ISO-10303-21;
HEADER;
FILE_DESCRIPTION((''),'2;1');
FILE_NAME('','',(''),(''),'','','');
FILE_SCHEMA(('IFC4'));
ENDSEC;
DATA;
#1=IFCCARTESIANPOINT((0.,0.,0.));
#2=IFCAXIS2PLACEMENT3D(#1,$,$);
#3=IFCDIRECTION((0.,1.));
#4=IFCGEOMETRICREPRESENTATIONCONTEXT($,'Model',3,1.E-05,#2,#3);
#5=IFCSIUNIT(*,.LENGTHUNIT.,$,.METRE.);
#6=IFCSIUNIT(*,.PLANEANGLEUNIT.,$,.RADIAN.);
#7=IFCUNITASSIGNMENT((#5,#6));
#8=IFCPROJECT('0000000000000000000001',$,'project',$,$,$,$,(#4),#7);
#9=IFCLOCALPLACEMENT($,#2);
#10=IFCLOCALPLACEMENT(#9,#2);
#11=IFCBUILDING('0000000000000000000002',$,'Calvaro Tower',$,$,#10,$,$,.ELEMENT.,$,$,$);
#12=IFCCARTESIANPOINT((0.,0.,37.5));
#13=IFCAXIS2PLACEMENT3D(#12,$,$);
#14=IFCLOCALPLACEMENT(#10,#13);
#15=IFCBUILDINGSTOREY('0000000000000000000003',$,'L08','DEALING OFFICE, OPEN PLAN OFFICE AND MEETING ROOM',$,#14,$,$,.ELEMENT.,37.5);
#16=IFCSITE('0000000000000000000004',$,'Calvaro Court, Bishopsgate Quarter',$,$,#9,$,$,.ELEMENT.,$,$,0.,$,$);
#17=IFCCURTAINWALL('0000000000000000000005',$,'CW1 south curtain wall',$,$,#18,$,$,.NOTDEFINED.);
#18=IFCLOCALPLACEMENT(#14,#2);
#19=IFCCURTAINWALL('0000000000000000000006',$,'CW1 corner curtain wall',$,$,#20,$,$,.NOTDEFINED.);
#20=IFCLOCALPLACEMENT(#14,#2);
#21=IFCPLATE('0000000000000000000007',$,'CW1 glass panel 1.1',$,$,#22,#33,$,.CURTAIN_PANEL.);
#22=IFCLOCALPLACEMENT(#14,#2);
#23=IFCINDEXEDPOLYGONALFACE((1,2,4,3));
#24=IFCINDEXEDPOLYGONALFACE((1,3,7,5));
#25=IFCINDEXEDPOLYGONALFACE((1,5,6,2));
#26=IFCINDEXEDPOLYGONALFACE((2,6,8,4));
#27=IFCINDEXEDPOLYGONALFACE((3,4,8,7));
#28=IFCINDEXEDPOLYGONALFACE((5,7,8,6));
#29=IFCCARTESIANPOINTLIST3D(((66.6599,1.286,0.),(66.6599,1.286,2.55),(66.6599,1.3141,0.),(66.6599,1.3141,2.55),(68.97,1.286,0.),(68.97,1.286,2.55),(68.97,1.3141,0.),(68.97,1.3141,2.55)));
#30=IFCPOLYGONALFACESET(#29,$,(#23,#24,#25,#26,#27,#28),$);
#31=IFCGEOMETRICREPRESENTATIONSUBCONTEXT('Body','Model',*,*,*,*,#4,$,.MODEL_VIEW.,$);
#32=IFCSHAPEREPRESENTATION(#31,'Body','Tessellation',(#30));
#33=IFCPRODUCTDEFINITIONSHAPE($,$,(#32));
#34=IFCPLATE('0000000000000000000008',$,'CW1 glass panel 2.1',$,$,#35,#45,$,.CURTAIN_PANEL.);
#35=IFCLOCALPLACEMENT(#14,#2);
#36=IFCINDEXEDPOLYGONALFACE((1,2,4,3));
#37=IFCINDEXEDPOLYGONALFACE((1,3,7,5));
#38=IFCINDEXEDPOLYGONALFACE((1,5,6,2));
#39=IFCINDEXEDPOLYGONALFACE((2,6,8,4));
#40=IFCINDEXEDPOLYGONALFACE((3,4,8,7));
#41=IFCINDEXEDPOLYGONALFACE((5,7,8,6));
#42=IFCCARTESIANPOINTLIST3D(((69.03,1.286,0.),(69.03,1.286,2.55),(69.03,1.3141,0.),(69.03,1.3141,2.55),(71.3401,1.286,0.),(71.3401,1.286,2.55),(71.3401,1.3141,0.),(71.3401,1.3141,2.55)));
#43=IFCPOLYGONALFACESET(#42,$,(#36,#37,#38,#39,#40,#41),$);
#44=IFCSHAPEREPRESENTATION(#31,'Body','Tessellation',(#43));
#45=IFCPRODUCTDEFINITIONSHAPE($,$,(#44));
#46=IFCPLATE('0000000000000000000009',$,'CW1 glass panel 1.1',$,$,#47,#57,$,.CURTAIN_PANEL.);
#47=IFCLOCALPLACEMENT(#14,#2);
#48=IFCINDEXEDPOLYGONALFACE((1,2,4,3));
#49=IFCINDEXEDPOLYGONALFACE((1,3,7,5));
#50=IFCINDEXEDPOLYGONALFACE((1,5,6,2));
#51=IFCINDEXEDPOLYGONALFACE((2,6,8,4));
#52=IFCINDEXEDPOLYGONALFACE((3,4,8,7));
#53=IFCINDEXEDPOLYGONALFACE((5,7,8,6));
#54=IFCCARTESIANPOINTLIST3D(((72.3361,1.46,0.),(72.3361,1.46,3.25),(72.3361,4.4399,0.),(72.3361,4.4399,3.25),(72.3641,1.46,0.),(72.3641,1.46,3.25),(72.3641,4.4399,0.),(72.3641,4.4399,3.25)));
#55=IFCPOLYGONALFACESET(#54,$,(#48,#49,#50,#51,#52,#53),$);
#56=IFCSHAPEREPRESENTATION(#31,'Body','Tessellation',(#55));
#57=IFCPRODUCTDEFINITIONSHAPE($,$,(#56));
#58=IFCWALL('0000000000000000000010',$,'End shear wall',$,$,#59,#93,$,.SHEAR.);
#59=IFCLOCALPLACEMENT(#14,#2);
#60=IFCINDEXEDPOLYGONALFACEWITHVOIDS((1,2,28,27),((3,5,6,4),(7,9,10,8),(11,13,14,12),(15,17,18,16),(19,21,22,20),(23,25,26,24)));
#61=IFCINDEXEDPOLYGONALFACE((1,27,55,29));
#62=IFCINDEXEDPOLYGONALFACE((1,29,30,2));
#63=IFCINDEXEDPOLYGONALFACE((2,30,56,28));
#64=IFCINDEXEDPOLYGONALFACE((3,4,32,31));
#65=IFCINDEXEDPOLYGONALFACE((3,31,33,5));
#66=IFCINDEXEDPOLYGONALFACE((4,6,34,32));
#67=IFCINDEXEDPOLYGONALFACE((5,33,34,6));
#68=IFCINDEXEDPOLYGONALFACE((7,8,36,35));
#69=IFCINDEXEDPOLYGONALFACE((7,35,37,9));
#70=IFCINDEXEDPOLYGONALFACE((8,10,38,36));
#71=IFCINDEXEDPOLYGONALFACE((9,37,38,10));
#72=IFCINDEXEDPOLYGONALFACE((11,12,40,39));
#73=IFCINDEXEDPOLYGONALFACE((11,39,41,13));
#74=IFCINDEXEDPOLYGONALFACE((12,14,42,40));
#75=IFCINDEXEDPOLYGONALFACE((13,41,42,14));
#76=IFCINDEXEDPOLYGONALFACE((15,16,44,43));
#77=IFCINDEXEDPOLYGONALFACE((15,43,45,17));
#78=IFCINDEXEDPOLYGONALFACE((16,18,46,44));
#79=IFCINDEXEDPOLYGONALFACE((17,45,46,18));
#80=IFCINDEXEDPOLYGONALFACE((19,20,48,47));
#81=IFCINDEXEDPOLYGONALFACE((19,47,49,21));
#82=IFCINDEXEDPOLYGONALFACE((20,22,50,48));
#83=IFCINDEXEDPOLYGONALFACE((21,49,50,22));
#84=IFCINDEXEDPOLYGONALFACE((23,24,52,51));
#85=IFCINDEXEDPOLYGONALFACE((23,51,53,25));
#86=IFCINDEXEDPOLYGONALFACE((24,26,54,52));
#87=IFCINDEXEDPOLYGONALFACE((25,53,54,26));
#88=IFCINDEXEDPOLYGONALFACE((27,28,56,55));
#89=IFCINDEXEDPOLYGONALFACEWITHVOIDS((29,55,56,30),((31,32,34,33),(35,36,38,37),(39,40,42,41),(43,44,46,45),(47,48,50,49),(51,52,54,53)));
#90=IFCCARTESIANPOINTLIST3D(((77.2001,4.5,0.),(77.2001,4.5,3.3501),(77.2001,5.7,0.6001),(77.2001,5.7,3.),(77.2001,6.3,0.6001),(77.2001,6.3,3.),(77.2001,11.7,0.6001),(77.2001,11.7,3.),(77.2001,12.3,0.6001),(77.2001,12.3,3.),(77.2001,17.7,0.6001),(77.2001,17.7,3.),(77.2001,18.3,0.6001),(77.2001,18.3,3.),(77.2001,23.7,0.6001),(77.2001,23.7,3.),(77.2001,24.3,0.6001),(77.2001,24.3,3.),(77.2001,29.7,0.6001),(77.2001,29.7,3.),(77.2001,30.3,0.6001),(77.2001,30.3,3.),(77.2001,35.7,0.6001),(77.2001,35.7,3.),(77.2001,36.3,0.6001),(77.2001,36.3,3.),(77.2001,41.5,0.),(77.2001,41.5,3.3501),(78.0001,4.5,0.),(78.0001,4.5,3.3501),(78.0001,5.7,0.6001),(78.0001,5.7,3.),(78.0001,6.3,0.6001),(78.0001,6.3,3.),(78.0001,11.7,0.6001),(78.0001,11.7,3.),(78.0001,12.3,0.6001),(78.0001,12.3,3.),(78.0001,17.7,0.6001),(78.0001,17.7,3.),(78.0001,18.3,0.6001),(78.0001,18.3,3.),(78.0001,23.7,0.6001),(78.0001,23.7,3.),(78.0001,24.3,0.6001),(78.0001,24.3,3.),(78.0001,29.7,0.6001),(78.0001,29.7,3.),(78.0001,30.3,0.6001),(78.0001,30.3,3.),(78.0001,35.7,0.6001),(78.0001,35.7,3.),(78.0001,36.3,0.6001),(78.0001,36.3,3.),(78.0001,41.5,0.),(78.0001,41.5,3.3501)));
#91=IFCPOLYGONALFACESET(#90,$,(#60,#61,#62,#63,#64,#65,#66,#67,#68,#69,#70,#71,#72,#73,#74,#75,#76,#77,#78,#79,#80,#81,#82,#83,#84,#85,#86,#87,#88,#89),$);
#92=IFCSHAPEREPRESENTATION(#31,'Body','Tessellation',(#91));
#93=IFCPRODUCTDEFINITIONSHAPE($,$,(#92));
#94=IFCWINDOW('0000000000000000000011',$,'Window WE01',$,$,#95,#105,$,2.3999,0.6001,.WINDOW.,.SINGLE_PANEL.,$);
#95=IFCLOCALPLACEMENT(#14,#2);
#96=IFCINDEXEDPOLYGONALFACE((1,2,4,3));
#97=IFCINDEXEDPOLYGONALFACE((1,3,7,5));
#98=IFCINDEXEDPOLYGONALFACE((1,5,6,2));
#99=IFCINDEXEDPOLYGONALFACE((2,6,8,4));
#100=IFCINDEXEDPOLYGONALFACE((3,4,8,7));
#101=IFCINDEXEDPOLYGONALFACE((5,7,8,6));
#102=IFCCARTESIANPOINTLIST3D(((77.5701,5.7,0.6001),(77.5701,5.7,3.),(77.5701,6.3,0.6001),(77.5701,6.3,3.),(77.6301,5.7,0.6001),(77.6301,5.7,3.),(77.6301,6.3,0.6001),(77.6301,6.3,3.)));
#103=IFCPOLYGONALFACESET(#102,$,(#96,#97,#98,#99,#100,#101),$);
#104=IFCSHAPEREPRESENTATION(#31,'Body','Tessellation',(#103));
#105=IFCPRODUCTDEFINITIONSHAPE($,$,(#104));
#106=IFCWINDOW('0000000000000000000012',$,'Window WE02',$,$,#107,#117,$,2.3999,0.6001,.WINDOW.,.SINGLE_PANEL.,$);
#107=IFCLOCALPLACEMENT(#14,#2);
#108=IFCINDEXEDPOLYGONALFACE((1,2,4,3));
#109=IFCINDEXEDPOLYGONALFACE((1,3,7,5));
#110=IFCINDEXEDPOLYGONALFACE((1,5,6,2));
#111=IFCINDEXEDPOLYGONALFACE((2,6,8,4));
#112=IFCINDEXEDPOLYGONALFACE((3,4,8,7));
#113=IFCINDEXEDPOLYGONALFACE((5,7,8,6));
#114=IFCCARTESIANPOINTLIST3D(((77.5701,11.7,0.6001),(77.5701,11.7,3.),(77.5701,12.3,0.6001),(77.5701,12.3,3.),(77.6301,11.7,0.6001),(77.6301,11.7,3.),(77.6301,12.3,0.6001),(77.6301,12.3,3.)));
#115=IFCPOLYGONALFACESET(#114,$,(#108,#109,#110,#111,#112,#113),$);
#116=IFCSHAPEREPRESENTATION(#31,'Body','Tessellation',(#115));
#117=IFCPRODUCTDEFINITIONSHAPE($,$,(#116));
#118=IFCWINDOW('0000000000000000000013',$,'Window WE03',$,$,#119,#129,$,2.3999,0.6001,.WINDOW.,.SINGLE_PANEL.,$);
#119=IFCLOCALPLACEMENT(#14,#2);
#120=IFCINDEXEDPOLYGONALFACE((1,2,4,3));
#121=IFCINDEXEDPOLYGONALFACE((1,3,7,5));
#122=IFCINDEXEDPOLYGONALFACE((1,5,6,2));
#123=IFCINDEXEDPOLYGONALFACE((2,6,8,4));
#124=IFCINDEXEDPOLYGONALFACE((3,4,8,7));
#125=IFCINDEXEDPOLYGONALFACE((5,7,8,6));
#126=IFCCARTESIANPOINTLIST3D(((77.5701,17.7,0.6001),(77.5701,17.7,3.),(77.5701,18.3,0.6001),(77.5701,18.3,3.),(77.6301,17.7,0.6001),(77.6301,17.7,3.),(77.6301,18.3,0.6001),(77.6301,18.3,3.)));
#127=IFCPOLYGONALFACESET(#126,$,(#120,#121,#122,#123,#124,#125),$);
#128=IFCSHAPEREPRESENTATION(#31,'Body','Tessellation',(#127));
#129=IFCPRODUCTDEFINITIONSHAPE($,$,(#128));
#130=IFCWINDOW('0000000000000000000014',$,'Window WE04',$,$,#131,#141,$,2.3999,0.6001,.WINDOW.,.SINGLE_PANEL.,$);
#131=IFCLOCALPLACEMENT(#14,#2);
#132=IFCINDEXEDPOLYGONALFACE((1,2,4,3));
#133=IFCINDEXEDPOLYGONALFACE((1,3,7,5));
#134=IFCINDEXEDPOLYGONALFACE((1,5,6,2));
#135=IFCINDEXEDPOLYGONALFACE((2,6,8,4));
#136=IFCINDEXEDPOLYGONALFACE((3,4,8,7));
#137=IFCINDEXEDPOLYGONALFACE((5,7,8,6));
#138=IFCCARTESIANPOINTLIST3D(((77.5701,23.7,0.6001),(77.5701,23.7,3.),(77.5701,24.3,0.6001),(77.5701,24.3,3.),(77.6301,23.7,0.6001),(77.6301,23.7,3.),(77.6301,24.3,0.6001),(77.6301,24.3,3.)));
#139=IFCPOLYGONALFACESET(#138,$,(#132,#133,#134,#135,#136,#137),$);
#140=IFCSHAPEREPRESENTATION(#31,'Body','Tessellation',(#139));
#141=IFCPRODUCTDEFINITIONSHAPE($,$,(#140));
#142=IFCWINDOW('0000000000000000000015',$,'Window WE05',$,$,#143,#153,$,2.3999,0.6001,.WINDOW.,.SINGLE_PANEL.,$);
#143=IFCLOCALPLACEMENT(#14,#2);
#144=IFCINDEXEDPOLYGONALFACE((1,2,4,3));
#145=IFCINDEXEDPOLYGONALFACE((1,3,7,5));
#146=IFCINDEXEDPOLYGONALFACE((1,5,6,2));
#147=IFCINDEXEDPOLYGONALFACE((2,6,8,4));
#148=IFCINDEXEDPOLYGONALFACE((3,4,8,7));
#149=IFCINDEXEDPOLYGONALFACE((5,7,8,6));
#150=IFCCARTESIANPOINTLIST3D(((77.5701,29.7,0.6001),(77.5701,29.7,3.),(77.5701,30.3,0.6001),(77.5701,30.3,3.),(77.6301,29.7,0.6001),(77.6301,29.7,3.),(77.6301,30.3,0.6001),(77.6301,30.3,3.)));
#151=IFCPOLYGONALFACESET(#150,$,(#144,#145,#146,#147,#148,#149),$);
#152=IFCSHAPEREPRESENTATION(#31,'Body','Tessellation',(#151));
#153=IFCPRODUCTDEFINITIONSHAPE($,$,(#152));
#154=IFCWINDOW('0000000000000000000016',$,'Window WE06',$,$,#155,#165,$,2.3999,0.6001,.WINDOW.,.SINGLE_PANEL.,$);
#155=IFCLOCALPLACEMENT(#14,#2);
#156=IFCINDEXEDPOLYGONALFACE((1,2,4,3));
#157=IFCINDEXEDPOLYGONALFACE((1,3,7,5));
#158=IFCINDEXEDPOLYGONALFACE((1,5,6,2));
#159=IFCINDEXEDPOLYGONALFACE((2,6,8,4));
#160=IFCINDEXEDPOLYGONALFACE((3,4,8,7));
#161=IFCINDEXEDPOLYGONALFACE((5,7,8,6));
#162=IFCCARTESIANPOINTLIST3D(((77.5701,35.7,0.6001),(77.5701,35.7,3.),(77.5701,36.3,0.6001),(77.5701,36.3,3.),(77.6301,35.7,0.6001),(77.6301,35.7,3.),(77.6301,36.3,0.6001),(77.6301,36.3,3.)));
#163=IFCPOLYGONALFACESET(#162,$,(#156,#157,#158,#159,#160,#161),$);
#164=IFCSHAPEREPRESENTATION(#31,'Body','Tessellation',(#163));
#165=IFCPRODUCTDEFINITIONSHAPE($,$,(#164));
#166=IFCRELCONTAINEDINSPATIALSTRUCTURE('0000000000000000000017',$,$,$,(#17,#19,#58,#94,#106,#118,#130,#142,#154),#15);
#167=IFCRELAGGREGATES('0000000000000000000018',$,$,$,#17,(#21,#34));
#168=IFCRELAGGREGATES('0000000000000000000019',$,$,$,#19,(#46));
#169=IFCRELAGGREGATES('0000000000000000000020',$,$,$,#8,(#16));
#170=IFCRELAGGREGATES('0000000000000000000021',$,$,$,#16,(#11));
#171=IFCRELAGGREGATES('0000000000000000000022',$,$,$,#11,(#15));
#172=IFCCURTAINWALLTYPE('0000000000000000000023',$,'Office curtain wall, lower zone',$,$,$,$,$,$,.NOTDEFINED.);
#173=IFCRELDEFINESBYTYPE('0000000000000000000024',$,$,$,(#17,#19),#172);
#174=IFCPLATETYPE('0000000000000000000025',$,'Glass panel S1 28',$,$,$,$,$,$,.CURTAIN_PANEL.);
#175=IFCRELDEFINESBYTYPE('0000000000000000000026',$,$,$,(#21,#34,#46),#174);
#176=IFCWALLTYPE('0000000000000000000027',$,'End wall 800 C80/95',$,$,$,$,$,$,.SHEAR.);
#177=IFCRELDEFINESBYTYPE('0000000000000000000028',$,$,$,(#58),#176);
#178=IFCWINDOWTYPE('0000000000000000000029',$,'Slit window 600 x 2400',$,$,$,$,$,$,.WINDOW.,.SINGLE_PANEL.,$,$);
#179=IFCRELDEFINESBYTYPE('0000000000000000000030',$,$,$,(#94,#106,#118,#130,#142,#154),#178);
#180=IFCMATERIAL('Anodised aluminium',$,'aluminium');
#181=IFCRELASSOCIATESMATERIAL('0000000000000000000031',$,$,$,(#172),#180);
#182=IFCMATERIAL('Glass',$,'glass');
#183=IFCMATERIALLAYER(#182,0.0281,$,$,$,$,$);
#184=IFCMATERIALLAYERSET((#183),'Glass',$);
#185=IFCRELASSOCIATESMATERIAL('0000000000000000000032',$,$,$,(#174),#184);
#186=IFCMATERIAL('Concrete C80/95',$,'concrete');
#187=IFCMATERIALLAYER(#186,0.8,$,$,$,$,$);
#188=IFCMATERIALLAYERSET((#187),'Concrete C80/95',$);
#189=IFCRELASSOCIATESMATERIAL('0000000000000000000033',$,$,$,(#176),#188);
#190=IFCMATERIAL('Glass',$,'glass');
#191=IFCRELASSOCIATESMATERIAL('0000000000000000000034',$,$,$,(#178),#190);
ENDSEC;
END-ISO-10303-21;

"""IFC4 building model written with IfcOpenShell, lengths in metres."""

from ifc_helpers import new_model, si_unit, direction, frame, frame_2d, origin, origin_2d, place, context, subcontext, project, spatial, rectangle, extrude, material, layer, layer_set, type_object, element, fill, aggregate, save


model = new_model("IFC4")

# Units and contexts
model_context = context("Model", 3, precision=1e-05, world=origin(), true_north=direction((0.0, 1.0)))
body_context = subcontext(model_context, "Body", "Model", "MODEL_VIEW")
ifc_project = project(units=[si_unit("LENGTHUNIT", "METRE"), si_unit("PLANEANGLEUNIT", "RADIAN")], contexts=[model_context])

# Site, building, storey
site_placement = place(None, origin())
site = spatial("IfcSite", under=ifc_project, at=site_placement, Name="Calvaro Court, Bishopsgate Quarter", CompositionType="ELEMENT", RefElevation=0.0)
building_placement = place(site_placement, origin())
building = spatial("IfcBuilding", under=site, at=building_placement, Name="Calvaro Tower", CompositionType="ELEMENT")
storey_placement = place(building_placement, frame((0.0, 0.0, 37.5)))
storey = spatial("IfcBuildingStorey", under=building, at=storey_placement, Name="L08", Description="DEALING OFFICE, OPEN PLAN OFFICE AND MEETING ROOM", CompositionType="ELEMENT", Elevation=37.5)

# Shared definitions
ifc_material_1 = material(Name="Anodised aluminium", Category="aluminium")
curtain_wall_type = type_object("IfcCurtainWallType", Name="Office curtain wall, lower zone", PredefinedType="NOTDEFINED", material=ifc_material_1)

# Curtain walls
curtain_wall_1_placement = place(storey_placement, origin())
curtain_wall_1 = element("IfcCurtainWall", 1, at=curtain_wall_1_placement, inside=storey, type_object=curtain_wall_type, Name="CW1 south curtain wall", PredefinedType="NOTDEFINED")
curtain_wall_2_placement = place(storey_placement, origin())
curtain_wall_2 = element("IfcCurtainWall", 2, at=curtain_wall_2_placement, inside=storey, type_object=curtain_wall_type, Name="CW1 corner curtain wall", PredefinedType="NOTDEFINED")

# Plates
ifc_material_2 = material(Name="Glass", Category="glass")
ifc_layer_1 = layer(ifc_material_2, 0.0281)
ifc_layer_set_1 = layer_set([ifc_layer_1], Name="Glass")
plate_type = type_object("IfcPlateType", Name="Glass panel S1 28", PredefinedType="CURTAIN_PANEL", material=ifc_layer_set_1)
plate_1_placement = place(storey_placement, frame((67.8149, 1.3, 0.0), z_axis=(0.0, 0.0, 1.0), x_axis=(1.0, 0.0, 0.0)))
plate_1 = element("IfcPlate", 3, at=plate_1_placement, type_object=plate_type, Name="CW1 glass panel 1.1", PredefinedType="CURTAIN_PANEL", context=body_context, shape_type="SweptSolid", body=[
    extrude(rectangle(XDim=2.3101, YDim=0.0281, at=origin_2d()), origin(), (0.0, 0.0, 1.0), 2.55),
])
plate_2_placement = place(storey_placement, frame((70.1851, 1.3, 0.0), z_axis=(0.0, 0.0, 1.0), x_axis=(1.0, 0.0, 0.0)))
plate_2 = element("IfcPlate", 4, at=plate_2_placement, type_object=plate_type, Name="CW1 glass panel 2.1", PredefinedType="CURTAIN_PANEL", context=body_context, shape_type="SweptSolid", body=[
    extrude(rectangle(XDim=2.3101, YDim=0.0281, at=origin_2d()), origin(), (0.0, 0.0, 1.0), 2.55),
])
aggregate(curtain_wall_1, [plate_1, plate_2])
plate_3_placement = place(storey_placement, frame((72.3501, 2.95, 0.0), z_axis=(0.0, 0.0, 1.0), x_axis=(0.0, 1.0, 0.0)))
plate_3 = element("IfcPlate", 5, at=plate_3_placement, type_object=plate_type, Name="CW1 glass panel 1.1", PredefinedType="CURTAIN_PANEL", context=body_context, shape_type="SweptSolid", body=[
    extrude(rectangle(XDim=2.98, YDim=0.0281, at=origin_2d()), origin(), (0.0, 0.0, 1.0), 3.25),
])
aggregate(curtain_wall_2, [plate_3])

# Wall, openings, windows
ifc_material_3 = material(Name="Concrete C80/95", Category="concrete")
ifc_layer_2 = layer(ifc_material_3, 0.8)
ifc_layer_set_2 = layer_set([ifc_layer_2], Name="Concrete C80/95")
wall_type = type_object("IfcWallType", Name="End wall 800 C80/95", PredefinedType="SHEAR", material=ifc_layer_set_2)
wall_placement = place(storey_placement, frame((77.6001, 4.5, 0.0), z_axis=(0.0, 0.0, 1.0), x_axis=(0.0, 1.0, 0.0)))
wall = element("IfcWall", 6, at=wall_placement, inside=storey, type_object=wall_type, Name="End shear wall", PredefinedType="SHEAR", context=body_context, shape_type="SweptSolid", body=[
    extrude(rectangle(XDim=37.0, YDim=0.8, at=frame_2d((18.5, 0.0))), origin(), (0.0, 0.0, 1.0), 3.3501),
])
opening_1_placement = place(wall_placement, frame((1.2, 0.0, 0.6001)))
opening_1 = element("IfcOpeningElement", 7, at=opening_1_placement, cuts=wall, PredefinedType="OPENING", context=body_context, shape_type="SweptSolid", body=[
    extrude(rectangle(XDim=0.6001, YDim=2.3999, at=frame_2d((0.3, 1.2))), frame((0.0, 0.4099, 0.0), z_axis=(0.0, -1.0, 0.0), x_axis=(1.0, 0.0, 0.0)), (0.0, 0.0, 1.0), 0.8201),
])
opening_2_placement = place(wall_placement, frame((7.2, 0.0, 0.6001)))
opening_2 = element("IfcOpeningElement", 8, at=opening_2_placement, cuts=wall, PredefinedType="OPENING", context=body_context, shape_type="SweptSolid", body=[
    extrude(rectangle(XDim=0.6001, YDim=2.3999, at=frame_2d((0.3, 1.2))), frame((0.0, 0.4099, 0.0), z_axis=(0.0, -1.0, 0.0), x_axis=(1.0, 0.0, 0.0)), (0.0, 0.0, 1.0), 0.8201),
])
opening_3_placement = place(wall_placement, frame((13.2, 0.0, 0.6001)))
opening_3 = element("IfcOpeningElement", 9, at=opening_3_placement, cuts=wall, PredefinedType="OPENING", context=body_context, shape_type="SweptSolid", body=[
    extrude(rectangle(XDim=0.6001, YDim=2.3999, at=frame_2d((0.3, 1.2))), frame((0.0, 0.4099, 0.0), z_axis=(0.0, -1.0, 0.0), x_axis=(1.0, 0.0, 0.0)), (0.0, 0.0, 1.0), 0.8201),
])
opening_4_placement = place(wall_placement, frame((19.2, 0.0, 0.6001)))
opening_4 = element("IfcOpeningElement", 10, at=opening_4_placement, cuts=wall, PredefinedType="OPENING", context=body_context, shape_type="SweptSolid", body=[
    extrude(rectangle(XDim=0.6001, YDim=2.3999, at=frame_2d((0.3, 1.2))), frame((0.0, 0.4099, 0.0), z_axis=(0.0, -1.0, 0.0), x_axis=(1.0, 0.0, 0.0)), (0.0, 0.0, 1.0), 0.8201),
])
opening_5_placement = place(wall_placement, frame((25.2, 0.0, 0.6001)))
opening_5 = element("IfcOpeningElement", 11, at=opening_5_placement, cuts=wall, PredefinedType="OPENING", context=body_context, shape_type="SweptSolid", body=[
    extrude(rectangle(XDim=0.6001, YDim=2.3999, at=frame_2d((0.3, 1.2))), frame((0.0, 0.4099, 0.0), z_axis=(0.0, -1.0, 0.0), x_axis=(1.0, 0.0, 0.0)), (0.0, 0.0, 1.0), 0.8201),
])
opening_6_placement = place(wall_placement, frame((31.2, 0.0, 0.6001)))
opening_6 = element("IfcOpeningElement", 12, at=opening_6_placement, cuts=wall, PredefinedType="OPENING", context=body_context, shape_type="SweptSolid", body=[
    extrude(rectangle(XDim=0.6001, YDim=2.3999, at=frame_2d((0.3, 1.2))), frame((0.0, 0.4099, 0.0), z_axis=(0.0, -1.0, 0.0), x_axis=(1.0, 0.0, 0.0)), (0.0, 0.0, 1.0), 0.8201),
])
ifc_material_4 = material(Name="Glass", Category="glass")
window_type = type_object("IfcWindowType", Name="Slit window 600 x 2400", PartitioningType="SINGLE_PANEL", PredefinedType="WINDOW", material=ifc_material_4)
window_1_placement = place(opening_1_placement, origin())
window_1 = element("IfcWindow", 13, at=window_1_placement, inside=storey, type_object=window_type, Name="Window WE01", OverallHeight=2.3999, OverallWidth=0.6001, PartitioningType="SINGLE_PANEL", PredefinedType="WINDOW", context=body_context, shape_type="SweptSolid", body=[
    extrude(rectangle(XDim=0.6001, YDim=2.3999, at=frame_2d((0.3, 1.2))), frame((0.0, 0.03, 0.0), z_axis=(0.0, -1.0, 0.0), x_axis=(1.0, 0.0, 0.0)), (0.0, 0.0, 1.0), 0.0601),
])
fill(opening_1, window_1)
window_2_placement = place(opening_2_placement, origin())
window_2 = element("IfcWindow", 14, at=window_2_placement, inside=storey, type_object=window_type, Name="Window WE02", OverallHeight=2.3999, OverallWidth=0.6001, PartitioningType="SINGLE_PANEL", PredefinedType="WINDOW", context=body_context, shape_type="SweptSolid", body=[
    extrude(rectangle(XDim=0.6001, YDim=2.3999, at=frame_2d((0.3, 1.2))), frame((0.0, 0.03, 0.0), z_axis=(0.0, -1.0, 0.0), x_axis=(1.0, 0.0, 0.0)), (0.0, 0.0, 1.0), 0.0601),
])
fill(opening_2, window_2)
window_3_placement = place(opening_3_placement, origin())
window_3 = element("IfcWindow", 15, at=window_3_placement, inside=storey, type_object=window_type, Name="Window WE03", OverallHeight=2.3999, OverallWidth=0.6001, PartitioningType="SINGLE_PANEL", PredefinedType="WINDOW", context=body_context, shape_type="SweptSolid", body=[
    extrude(rectangle(XDim=0.6001, YDim=2.3999, at=frame_2d((0.3, 1.2))), frame((0.0, 0.03, 0.0), z_axis=(0.0, -1.0, 0.0), x_axis=(1.0, 0.0, 0.0)), (0.0, 0.0, 1.0), 0.0601),
])
fill(opening_3, window_3)
window_4_placement = place(opening_4_placement, origin())
window_4 = element("IfcWindow", 16, at=window_4_placement, inside=storey, type_object=window_type, Name="Window WE04", OverallHeight=2.3999, OverallWidth=0.6001, PartitioningType="SINGLE_PANEL", PredefinedType="WINDOW", context=body_context, shape_type="SweptSolid", body=[
    extrude(rectangle(XDim=0.6001, YDim=2.3999, at=frame_2d((0.3, 1.2))), frame((0.0, 0.03, 0.0), z_axis=(0.0, -1.0, 0.0), x_axis=(1.0, 0.0, 0.0)), (0.0, 0.0, 1.0), 0.0601),
])
fill(opening_4, window_4)
window_5_placement = place(opening_5_placement, origin())
window_5 = element("IfcWindow", 17, at=window_5_placement, inside=storey, type_object=window_type, Name="Window WE05", OverallHeight=2.3999, OverallWidth=0.6001, PartitioningType="SINGLE_PANEL", PredefinedType="WINDOW", context=body_context, shape_type="SweptSolid", body=[
    extrude(rectangle(XDim=0.6001, YDim=2.3999, at=frame_2d((0.3, 1.2))), frame((0.0, 0.03, 0.0), z_axis=(0.0, -1.0, 0.0), x_axis=(1.0, 0.0, 0.0)), (0.0, 0.0, 1.0), 0.0601),
])
fill(opening_5, window_5)
window_6_placement = place(opening_6_placement, origin())
window_6 = element("IfcWindow", 18, at=window_6_placement, inside=storey, type_object=window_type, Name="Window WE06", OverallHeight=2.3999, OverallWidth=0.6001, PartitioningType="SINGLE_PANEL", PredefinedType="WINDOW", context=body_context, shape_type="SweptSolid", body=[
    extrude(rectangle(XDim=0.6001, YDim=2.3999, at=frame_2d((0.3, 1.2))), frame((0.0, 0.03, 0.0), z_axis=(0.0, -1.0, 0.0), x_axis=(1.0, 0.0, 0.0)), (0.0, 0.0, 1.0), 0.0601),
])
fill(opening_6, window_6)

save(model, "model.ifc")
